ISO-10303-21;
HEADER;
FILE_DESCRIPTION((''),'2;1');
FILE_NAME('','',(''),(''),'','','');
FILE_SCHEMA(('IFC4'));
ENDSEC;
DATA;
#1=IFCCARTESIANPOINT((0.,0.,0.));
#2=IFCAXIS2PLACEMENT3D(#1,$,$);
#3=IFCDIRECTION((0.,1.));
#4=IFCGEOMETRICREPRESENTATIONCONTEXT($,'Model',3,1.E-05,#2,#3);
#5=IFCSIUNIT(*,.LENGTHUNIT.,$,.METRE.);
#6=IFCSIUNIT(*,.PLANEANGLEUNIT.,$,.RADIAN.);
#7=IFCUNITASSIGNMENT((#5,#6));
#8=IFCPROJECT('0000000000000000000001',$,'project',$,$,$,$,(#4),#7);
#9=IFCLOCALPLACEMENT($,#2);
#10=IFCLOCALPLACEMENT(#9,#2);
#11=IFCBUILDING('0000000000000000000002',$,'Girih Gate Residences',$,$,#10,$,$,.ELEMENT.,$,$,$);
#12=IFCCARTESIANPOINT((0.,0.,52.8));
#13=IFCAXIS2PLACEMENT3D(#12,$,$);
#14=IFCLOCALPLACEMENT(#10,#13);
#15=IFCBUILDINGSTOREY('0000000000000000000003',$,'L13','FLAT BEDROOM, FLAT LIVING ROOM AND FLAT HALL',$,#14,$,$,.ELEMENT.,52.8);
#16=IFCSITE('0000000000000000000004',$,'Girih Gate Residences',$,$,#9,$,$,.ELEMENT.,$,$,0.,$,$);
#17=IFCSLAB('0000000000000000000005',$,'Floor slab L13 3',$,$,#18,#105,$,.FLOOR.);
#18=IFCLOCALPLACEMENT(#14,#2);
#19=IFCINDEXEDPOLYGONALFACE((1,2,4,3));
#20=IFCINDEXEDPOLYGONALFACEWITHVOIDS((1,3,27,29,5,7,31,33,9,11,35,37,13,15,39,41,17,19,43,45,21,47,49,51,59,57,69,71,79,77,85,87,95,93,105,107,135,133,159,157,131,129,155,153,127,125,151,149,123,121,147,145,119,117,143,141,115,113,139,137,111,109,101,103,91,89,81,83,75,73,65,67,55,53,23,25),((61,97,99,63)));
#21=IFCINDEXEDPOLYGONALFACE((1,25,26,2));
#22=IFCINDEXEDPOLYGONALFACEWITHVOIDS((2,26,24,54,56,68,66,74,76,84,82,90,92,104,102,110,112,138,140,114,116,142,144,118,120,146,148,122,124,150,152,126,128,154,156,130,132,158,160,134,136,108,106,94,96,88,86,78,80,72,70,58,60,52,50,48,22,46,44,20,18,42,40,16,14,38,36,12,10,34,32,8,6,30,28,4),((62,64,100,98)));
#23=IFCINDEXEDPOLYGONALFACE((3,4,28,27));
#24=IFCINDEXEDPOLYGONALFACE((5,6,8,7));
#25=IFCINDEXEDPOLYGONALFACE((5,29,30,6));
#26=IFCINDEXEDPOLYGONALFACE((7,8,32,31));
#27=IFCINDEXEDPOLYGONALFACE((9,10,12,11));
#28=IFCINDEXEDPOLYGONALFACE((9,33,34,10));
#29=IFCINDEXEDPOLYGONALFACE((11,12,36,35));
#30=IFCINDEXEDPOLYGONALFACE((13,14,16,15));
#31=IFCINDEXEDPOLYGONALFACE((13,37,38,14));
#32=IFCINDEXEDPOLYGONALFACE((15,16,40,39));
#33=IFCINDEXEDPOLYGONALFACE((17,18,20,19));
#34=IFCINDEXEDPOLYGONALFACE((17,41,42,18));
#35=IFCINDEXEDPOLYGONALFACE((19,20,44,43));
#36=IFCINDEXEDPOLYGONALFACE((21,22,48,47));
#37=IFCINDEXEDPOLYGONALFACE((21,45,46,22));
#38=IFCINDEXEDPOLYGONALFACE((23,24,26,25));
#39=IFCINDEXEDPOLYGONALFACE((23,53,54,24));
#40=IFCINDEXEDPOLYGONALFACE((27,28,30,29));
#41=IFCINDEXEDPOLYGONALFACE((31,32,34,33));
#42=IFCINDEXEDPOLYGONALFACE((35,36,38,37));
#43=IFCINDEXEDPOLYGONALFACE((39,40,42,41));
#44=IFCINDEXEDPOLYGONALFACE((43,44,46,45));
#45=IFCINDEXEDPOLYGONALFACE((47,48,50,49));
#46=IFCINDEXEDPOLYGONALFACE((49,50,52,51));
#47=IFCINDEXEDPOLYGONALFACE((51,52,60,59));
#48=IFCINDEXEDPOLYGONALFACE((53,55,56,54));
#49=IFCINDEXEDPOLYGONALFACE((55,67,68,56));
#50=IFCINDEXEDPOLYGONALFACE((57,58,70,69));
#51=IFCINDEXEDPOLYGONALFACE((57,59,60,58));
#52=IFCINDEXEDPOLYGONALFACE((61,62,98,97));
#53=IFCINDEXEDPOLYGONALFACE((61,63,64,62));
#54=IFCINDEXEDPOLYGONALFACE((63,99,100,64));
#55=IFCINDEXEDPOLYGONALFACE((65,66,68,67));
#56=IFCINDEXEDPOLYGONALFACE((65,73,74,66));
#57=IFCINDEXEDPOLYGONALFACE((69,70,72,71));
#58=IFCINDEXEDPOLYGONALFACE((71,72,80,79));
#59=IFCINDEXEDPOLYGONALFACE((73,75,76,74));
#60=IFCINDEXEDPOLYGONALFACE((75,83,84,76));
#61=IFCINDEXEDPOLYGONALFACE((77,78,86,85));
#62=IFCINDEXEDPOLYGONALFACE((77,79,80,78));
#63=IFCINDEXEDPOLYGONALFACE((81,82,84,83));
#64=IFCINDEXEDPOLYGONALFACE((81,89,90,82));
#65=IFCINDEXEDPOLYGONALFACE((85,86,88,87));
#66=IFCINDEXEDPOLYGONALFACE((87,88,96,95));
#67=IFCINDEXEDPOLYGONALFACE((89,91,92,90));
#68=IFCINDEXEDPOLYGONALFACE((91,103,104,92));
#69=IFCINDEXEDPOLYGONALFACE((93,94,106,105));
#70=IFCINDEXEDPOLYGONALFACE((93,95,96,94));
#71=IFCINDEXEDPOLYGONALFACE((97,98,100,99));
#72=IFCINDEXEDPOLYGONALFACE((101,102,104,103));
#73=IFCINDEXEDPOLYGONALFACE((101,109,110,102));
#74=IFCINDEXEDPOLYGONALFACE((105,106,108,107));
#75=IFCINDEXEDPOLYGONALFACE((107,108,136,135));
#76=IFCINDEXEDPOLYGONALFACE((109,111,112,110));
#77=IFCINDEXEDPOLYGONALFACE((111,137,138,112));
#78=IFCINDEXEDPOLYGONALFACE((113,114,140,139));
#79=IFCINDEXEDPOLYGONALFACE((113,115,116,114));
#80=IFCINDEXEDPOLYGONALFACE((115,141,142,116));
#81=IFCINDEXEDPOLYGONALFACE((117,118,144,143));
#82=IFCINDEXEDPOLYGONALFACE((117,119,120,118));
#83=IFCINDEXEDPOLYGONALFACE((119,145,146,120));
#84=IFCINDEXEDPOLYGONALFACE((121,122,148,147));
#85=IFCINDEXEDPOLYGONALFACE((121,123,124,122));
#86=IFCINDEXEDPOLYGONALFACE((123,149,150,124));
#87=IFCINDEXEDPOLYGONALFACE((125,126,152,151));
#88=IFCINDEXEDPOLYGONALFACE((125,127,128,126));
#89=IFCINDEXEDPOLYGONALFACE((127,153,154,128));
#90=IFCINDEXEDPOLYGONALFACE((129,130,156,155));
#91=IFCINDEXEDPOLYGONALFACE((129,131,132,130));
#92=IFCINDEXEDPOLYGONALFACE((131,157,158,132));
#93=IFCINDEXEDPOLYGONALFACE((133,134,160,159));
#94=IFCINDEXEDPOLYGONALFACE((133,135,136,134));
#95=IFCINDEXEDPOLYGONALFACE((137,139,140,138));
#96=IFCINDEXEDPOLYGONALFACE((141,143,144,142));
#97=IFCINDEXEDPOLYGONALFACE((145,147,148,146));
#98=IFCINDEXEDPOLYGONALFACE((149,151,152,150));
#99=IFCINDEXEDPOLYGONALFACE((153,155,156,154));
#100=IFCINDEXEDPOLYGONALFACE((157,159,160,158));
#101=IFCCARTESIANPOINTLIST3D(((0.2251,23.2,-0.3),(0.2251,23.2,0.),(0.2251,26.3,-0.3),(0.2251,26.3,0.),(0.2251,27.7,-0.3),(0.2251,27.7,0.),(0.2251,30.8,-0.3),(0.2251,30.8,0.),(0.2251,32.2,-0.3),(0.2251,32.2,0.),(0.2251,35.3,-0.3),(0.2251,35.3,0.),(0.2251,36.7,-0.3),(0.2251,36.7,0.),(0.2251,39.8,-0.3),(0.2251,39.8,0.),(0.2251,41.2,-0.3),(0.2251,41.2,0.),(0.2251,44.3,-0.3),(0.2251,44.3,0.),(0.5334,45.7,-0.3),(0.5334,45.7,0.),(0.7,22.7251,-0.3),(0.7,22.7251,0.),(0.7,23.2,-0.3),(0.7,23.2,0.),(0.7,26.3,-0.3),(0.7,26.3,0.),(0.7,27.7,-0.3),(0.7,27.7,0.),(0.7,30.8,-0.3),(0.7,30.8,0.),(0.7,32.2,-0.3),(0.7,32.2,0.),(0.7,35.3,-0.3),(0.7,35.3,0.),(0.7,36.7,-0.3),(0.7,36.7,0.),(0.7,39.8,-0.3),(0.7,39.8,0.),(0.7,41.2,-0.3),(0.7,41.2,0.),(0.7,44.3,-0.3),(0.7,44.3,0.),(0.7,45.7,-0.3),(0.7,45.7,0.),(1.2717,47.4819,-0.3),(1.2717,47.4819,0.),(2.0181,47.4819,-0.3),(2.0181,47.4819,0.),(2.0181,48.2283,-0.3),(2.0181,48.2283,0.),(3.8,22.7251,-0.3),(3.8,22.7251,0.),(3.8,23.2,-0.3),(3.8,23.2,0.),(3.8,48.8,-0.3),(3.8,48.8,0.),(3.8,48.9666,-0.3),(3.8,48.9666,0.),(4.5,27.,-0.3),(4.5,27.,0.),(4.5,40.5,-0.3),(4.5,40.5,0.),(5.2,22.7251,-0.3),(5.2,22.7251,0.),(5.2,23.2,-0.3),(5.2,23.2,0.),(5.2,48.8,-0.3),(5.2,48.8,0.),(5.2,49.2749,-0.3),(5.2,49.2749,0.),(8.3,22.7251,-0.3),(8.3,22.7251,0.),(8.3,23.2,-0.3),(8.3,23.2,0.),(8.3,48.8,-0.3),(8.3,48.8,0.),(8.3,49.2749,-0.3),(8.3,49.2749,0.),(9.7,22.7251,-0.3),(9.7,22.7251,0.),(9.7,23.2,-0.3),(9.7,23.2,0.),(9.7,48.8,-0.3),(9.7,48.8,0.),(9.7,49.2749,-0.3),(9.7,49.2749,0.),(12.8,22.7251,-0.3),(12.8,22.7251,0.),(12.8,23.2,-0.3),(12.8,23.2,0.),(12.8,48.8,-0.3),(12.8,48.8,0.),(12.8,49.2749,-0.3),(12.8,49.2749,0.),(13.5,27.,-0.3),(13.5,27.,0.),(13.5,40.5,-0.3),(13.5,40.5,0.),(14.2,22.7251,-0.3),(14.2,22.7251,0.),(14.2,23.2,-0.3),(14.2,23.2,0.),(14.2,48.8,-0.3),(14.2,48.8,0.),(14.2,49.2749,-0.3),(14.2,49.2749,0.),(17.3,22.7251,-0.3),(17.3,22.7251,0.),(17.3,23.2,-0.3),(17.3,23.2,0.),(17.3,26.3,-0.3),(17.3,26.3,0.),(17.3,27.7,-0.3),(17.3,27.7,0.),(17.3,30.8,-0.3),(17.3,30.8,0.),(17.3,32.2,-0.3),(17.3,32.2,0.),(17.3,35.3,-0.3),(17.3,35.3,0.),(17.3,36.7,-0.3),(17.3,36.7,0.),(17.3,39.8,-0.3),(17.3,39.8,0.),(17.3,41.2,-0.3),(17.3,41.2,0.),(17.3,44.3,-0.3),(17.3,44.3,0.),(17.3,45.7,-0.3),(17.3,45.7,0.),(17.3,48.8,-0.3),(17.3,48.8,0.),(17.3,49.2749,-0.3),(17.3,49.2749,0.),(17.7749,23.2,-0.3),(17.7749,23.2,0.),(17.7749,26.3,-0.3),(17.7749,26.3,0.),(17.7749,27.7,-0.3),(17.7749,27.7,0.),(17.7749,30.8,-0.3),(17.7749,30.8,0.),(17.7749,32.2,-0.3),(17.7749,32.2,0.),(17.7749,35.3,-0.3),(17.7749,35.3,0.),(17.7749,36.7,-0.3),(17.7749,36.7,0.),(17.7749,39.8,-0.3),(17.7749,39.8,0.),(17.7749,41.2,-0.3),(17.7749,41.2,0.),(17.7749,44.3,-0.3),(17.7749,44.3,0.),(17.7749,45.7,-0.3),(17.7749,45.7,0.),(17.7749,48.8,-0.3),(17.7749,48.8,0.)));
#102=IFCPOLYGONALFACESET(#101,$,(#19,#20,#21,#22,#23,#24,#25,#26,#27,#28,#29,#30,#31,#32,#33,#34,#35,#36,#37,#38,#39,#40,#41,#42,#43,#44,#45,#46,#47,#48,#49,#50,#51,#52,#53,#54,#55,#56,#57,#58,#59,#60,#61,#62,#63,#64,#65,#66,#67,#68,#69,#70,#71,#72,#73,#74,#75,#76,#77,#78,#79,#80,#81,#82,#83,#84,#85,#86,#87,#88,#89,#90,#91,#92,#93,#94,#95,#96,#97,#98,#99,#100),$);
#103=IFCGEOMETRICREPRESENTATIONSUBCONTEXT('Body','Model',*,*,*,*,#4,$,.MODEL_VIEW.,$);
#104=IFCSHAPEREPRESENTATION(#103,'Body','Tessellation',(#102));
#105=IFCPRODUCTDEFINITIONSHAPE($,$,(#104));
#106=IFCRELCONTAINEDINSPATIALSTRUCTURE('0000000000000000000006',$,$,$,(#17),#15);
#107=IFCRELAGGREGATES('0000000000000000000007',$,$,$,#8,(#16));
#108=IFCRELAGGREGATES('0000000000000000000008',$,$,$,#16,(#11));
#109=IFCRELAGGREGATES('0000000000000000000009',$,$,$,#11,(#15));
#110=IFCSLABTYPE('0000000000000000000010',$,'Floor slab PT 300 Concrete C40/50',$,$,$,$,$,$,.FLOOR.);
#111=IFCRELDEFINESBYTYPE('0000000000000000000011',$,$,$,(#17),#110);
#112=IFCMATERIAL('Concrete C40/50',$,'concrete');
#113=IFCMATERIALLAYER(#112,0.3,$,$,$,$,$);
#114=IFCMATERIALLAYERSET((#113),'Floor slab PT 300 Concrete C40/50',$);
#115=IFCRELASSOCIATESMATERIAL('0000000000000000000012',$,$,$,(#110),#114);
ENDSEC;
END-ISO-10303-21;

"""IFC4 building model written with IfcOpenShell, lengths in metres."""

from ifc_helpers import new_model, si_unit, direction, frame, origin, place, context, subcontext, project, spatial, polyline, outline, extrude, material, layer, layer_set, type_object, element, save


model = new_model("IFC4")

# Units and contexts
model_context = context("Model", 3, precision=1e-05, world=origin(), true_north=direction((0.0, 1.0)))
body_context = subcontext(model_context, "Body", "Model", "MODEL_VIEW")
ifc_project = project(units=[si_unit("LENGTHUNIT", "METRE"), si_unit("PLANEANGLEUNIT", "RADIAN")], contexts=[model_context])

# Site, building, storey
site_placement = place(None, origin())
site = spatial("IfcSite", under=ifc_project, at=site_placement, Name="Girih Gate Residences", CompositionType="ELEMENT", RefElevation=0.0)
building_placement = place(site_placement, origin())
building = spatial("IfcBuilding", under=site, at=building_placement, Name="Girih Gate Residences", CompositionType="ELEMENT")
storey_placement = place(building_placement, frame((0.0, 0.0, 52.8)))
storey = spatial("IfcBuildingStorey", under=building, at=storey_placement, Name="L13", Description="FLAT BEDROOM, FLAT LIVING ROOM AND FLAT HALL", CompositionType="ELEMENT", Elevation=52.8)

# Slab
ifc_material_1 = material(Name="Concrete C40/50", Category="concrete")
ifc_layer_1 = layer(ifc_material_1, 0.3)
ifc_layer_set_1 = layer_set([ifc_layer_1], Name="Floor slab PT 300 Concrete C40/50")
slab_type_1 = type_object("IfcSlabType", Name="Floor slab PT 300 Concrete C40/50", PredefinedType="FLOOR", material=ifc_layer_set_1)
slab_1_placement = place(storey_placement, frame((0.0, 0.0, -0.3)))
element("IfcSlab", 1, at=slab_1_placement, inside=storey, type_object=slab_type_1, Name="Floor slab L13 3", PredefinedType="FLOOR", context=body_context, shape_type="SweptSolid", body=[
    extrude(outline(polyline([(0.2251, 26.3), (0.2251, 23.2), (0.7, 23.2), (0.7, 22.7251), (3.8, 22.7251), (3.8, 23.2), (5.2, 23.2), (5.2, 22.7251), (8.3, 22.7251), (8.3, 23.2), (9.7, 23.2), (9.7, 22.7251), (12.8, 22.7251), (12.8, 23.2), (14.2, 23.2), (14.2, 22.7251), (17.3, 22.7251), (17.3, 23.2), (17.7749, 23.2), (17.7749, 26.3), (17.3, 26.3), (17.3, 27.7), (17.7749, 27.7), (17.7749, 30.8), (17.3, 30.8), (17.3, 32.2), (17.7749, 32.2), (17.7749, 35.3), (17.3, 35.3), (17.3, 36.7), (17.7749, 36.7), (17.7749, 39.8), (17.3, 39.8), (17.3, 41.2), (17.7749, 41.2), (17.7749, 44.3), (17.3, 44.3), (17.3, 45.7), (17.7749, 45.7), (17.7749, 48.8), (17.3, 48.8), (17.3, 49.2749), (14.2, 49.2749), (14.2, 48.8), (12.8, 48.8), (12.8, 49.2749), (9.7, 49.2749), (9.7, 48.8), (8.3, 48.8), (8.3, 49.2749), (5.2, 49.2749), (5.2, 48.8), (3.8, 48.8), (3.8, 48.9666), (2.0181, 48.2283), (2.0181, 47.4819), (1.2717, 47.4819), (0.5334, 45.7), (0.7, 45.7), (0.7, 44.3), (0.2251, 44.3), (0.2251, 41.2), (0.7, 41.2), (0.7, 39.8), (0.2251, 39.8), (0.2251, 36.7), (0.7, 36.7), (0.7, 35.3), (0.2251, 35.3), (0.2251, 32.2), (0.7, 32.2), (0.7, 30.8), (0.2251, 30.8), (0.2251, 27.7), (0.7, 27.7), (0.7, 26.3), (0.2251, 26.3)]), holes=[polyline([(13.5, 40.5), (13.5, 27.0), (4.5, 27.0), (4.5, 40.5), (13.5, 40.5)])]), origin(), (0.0, 0.0, 1.0), 0.3),
])

save(model, "model.ifc")
